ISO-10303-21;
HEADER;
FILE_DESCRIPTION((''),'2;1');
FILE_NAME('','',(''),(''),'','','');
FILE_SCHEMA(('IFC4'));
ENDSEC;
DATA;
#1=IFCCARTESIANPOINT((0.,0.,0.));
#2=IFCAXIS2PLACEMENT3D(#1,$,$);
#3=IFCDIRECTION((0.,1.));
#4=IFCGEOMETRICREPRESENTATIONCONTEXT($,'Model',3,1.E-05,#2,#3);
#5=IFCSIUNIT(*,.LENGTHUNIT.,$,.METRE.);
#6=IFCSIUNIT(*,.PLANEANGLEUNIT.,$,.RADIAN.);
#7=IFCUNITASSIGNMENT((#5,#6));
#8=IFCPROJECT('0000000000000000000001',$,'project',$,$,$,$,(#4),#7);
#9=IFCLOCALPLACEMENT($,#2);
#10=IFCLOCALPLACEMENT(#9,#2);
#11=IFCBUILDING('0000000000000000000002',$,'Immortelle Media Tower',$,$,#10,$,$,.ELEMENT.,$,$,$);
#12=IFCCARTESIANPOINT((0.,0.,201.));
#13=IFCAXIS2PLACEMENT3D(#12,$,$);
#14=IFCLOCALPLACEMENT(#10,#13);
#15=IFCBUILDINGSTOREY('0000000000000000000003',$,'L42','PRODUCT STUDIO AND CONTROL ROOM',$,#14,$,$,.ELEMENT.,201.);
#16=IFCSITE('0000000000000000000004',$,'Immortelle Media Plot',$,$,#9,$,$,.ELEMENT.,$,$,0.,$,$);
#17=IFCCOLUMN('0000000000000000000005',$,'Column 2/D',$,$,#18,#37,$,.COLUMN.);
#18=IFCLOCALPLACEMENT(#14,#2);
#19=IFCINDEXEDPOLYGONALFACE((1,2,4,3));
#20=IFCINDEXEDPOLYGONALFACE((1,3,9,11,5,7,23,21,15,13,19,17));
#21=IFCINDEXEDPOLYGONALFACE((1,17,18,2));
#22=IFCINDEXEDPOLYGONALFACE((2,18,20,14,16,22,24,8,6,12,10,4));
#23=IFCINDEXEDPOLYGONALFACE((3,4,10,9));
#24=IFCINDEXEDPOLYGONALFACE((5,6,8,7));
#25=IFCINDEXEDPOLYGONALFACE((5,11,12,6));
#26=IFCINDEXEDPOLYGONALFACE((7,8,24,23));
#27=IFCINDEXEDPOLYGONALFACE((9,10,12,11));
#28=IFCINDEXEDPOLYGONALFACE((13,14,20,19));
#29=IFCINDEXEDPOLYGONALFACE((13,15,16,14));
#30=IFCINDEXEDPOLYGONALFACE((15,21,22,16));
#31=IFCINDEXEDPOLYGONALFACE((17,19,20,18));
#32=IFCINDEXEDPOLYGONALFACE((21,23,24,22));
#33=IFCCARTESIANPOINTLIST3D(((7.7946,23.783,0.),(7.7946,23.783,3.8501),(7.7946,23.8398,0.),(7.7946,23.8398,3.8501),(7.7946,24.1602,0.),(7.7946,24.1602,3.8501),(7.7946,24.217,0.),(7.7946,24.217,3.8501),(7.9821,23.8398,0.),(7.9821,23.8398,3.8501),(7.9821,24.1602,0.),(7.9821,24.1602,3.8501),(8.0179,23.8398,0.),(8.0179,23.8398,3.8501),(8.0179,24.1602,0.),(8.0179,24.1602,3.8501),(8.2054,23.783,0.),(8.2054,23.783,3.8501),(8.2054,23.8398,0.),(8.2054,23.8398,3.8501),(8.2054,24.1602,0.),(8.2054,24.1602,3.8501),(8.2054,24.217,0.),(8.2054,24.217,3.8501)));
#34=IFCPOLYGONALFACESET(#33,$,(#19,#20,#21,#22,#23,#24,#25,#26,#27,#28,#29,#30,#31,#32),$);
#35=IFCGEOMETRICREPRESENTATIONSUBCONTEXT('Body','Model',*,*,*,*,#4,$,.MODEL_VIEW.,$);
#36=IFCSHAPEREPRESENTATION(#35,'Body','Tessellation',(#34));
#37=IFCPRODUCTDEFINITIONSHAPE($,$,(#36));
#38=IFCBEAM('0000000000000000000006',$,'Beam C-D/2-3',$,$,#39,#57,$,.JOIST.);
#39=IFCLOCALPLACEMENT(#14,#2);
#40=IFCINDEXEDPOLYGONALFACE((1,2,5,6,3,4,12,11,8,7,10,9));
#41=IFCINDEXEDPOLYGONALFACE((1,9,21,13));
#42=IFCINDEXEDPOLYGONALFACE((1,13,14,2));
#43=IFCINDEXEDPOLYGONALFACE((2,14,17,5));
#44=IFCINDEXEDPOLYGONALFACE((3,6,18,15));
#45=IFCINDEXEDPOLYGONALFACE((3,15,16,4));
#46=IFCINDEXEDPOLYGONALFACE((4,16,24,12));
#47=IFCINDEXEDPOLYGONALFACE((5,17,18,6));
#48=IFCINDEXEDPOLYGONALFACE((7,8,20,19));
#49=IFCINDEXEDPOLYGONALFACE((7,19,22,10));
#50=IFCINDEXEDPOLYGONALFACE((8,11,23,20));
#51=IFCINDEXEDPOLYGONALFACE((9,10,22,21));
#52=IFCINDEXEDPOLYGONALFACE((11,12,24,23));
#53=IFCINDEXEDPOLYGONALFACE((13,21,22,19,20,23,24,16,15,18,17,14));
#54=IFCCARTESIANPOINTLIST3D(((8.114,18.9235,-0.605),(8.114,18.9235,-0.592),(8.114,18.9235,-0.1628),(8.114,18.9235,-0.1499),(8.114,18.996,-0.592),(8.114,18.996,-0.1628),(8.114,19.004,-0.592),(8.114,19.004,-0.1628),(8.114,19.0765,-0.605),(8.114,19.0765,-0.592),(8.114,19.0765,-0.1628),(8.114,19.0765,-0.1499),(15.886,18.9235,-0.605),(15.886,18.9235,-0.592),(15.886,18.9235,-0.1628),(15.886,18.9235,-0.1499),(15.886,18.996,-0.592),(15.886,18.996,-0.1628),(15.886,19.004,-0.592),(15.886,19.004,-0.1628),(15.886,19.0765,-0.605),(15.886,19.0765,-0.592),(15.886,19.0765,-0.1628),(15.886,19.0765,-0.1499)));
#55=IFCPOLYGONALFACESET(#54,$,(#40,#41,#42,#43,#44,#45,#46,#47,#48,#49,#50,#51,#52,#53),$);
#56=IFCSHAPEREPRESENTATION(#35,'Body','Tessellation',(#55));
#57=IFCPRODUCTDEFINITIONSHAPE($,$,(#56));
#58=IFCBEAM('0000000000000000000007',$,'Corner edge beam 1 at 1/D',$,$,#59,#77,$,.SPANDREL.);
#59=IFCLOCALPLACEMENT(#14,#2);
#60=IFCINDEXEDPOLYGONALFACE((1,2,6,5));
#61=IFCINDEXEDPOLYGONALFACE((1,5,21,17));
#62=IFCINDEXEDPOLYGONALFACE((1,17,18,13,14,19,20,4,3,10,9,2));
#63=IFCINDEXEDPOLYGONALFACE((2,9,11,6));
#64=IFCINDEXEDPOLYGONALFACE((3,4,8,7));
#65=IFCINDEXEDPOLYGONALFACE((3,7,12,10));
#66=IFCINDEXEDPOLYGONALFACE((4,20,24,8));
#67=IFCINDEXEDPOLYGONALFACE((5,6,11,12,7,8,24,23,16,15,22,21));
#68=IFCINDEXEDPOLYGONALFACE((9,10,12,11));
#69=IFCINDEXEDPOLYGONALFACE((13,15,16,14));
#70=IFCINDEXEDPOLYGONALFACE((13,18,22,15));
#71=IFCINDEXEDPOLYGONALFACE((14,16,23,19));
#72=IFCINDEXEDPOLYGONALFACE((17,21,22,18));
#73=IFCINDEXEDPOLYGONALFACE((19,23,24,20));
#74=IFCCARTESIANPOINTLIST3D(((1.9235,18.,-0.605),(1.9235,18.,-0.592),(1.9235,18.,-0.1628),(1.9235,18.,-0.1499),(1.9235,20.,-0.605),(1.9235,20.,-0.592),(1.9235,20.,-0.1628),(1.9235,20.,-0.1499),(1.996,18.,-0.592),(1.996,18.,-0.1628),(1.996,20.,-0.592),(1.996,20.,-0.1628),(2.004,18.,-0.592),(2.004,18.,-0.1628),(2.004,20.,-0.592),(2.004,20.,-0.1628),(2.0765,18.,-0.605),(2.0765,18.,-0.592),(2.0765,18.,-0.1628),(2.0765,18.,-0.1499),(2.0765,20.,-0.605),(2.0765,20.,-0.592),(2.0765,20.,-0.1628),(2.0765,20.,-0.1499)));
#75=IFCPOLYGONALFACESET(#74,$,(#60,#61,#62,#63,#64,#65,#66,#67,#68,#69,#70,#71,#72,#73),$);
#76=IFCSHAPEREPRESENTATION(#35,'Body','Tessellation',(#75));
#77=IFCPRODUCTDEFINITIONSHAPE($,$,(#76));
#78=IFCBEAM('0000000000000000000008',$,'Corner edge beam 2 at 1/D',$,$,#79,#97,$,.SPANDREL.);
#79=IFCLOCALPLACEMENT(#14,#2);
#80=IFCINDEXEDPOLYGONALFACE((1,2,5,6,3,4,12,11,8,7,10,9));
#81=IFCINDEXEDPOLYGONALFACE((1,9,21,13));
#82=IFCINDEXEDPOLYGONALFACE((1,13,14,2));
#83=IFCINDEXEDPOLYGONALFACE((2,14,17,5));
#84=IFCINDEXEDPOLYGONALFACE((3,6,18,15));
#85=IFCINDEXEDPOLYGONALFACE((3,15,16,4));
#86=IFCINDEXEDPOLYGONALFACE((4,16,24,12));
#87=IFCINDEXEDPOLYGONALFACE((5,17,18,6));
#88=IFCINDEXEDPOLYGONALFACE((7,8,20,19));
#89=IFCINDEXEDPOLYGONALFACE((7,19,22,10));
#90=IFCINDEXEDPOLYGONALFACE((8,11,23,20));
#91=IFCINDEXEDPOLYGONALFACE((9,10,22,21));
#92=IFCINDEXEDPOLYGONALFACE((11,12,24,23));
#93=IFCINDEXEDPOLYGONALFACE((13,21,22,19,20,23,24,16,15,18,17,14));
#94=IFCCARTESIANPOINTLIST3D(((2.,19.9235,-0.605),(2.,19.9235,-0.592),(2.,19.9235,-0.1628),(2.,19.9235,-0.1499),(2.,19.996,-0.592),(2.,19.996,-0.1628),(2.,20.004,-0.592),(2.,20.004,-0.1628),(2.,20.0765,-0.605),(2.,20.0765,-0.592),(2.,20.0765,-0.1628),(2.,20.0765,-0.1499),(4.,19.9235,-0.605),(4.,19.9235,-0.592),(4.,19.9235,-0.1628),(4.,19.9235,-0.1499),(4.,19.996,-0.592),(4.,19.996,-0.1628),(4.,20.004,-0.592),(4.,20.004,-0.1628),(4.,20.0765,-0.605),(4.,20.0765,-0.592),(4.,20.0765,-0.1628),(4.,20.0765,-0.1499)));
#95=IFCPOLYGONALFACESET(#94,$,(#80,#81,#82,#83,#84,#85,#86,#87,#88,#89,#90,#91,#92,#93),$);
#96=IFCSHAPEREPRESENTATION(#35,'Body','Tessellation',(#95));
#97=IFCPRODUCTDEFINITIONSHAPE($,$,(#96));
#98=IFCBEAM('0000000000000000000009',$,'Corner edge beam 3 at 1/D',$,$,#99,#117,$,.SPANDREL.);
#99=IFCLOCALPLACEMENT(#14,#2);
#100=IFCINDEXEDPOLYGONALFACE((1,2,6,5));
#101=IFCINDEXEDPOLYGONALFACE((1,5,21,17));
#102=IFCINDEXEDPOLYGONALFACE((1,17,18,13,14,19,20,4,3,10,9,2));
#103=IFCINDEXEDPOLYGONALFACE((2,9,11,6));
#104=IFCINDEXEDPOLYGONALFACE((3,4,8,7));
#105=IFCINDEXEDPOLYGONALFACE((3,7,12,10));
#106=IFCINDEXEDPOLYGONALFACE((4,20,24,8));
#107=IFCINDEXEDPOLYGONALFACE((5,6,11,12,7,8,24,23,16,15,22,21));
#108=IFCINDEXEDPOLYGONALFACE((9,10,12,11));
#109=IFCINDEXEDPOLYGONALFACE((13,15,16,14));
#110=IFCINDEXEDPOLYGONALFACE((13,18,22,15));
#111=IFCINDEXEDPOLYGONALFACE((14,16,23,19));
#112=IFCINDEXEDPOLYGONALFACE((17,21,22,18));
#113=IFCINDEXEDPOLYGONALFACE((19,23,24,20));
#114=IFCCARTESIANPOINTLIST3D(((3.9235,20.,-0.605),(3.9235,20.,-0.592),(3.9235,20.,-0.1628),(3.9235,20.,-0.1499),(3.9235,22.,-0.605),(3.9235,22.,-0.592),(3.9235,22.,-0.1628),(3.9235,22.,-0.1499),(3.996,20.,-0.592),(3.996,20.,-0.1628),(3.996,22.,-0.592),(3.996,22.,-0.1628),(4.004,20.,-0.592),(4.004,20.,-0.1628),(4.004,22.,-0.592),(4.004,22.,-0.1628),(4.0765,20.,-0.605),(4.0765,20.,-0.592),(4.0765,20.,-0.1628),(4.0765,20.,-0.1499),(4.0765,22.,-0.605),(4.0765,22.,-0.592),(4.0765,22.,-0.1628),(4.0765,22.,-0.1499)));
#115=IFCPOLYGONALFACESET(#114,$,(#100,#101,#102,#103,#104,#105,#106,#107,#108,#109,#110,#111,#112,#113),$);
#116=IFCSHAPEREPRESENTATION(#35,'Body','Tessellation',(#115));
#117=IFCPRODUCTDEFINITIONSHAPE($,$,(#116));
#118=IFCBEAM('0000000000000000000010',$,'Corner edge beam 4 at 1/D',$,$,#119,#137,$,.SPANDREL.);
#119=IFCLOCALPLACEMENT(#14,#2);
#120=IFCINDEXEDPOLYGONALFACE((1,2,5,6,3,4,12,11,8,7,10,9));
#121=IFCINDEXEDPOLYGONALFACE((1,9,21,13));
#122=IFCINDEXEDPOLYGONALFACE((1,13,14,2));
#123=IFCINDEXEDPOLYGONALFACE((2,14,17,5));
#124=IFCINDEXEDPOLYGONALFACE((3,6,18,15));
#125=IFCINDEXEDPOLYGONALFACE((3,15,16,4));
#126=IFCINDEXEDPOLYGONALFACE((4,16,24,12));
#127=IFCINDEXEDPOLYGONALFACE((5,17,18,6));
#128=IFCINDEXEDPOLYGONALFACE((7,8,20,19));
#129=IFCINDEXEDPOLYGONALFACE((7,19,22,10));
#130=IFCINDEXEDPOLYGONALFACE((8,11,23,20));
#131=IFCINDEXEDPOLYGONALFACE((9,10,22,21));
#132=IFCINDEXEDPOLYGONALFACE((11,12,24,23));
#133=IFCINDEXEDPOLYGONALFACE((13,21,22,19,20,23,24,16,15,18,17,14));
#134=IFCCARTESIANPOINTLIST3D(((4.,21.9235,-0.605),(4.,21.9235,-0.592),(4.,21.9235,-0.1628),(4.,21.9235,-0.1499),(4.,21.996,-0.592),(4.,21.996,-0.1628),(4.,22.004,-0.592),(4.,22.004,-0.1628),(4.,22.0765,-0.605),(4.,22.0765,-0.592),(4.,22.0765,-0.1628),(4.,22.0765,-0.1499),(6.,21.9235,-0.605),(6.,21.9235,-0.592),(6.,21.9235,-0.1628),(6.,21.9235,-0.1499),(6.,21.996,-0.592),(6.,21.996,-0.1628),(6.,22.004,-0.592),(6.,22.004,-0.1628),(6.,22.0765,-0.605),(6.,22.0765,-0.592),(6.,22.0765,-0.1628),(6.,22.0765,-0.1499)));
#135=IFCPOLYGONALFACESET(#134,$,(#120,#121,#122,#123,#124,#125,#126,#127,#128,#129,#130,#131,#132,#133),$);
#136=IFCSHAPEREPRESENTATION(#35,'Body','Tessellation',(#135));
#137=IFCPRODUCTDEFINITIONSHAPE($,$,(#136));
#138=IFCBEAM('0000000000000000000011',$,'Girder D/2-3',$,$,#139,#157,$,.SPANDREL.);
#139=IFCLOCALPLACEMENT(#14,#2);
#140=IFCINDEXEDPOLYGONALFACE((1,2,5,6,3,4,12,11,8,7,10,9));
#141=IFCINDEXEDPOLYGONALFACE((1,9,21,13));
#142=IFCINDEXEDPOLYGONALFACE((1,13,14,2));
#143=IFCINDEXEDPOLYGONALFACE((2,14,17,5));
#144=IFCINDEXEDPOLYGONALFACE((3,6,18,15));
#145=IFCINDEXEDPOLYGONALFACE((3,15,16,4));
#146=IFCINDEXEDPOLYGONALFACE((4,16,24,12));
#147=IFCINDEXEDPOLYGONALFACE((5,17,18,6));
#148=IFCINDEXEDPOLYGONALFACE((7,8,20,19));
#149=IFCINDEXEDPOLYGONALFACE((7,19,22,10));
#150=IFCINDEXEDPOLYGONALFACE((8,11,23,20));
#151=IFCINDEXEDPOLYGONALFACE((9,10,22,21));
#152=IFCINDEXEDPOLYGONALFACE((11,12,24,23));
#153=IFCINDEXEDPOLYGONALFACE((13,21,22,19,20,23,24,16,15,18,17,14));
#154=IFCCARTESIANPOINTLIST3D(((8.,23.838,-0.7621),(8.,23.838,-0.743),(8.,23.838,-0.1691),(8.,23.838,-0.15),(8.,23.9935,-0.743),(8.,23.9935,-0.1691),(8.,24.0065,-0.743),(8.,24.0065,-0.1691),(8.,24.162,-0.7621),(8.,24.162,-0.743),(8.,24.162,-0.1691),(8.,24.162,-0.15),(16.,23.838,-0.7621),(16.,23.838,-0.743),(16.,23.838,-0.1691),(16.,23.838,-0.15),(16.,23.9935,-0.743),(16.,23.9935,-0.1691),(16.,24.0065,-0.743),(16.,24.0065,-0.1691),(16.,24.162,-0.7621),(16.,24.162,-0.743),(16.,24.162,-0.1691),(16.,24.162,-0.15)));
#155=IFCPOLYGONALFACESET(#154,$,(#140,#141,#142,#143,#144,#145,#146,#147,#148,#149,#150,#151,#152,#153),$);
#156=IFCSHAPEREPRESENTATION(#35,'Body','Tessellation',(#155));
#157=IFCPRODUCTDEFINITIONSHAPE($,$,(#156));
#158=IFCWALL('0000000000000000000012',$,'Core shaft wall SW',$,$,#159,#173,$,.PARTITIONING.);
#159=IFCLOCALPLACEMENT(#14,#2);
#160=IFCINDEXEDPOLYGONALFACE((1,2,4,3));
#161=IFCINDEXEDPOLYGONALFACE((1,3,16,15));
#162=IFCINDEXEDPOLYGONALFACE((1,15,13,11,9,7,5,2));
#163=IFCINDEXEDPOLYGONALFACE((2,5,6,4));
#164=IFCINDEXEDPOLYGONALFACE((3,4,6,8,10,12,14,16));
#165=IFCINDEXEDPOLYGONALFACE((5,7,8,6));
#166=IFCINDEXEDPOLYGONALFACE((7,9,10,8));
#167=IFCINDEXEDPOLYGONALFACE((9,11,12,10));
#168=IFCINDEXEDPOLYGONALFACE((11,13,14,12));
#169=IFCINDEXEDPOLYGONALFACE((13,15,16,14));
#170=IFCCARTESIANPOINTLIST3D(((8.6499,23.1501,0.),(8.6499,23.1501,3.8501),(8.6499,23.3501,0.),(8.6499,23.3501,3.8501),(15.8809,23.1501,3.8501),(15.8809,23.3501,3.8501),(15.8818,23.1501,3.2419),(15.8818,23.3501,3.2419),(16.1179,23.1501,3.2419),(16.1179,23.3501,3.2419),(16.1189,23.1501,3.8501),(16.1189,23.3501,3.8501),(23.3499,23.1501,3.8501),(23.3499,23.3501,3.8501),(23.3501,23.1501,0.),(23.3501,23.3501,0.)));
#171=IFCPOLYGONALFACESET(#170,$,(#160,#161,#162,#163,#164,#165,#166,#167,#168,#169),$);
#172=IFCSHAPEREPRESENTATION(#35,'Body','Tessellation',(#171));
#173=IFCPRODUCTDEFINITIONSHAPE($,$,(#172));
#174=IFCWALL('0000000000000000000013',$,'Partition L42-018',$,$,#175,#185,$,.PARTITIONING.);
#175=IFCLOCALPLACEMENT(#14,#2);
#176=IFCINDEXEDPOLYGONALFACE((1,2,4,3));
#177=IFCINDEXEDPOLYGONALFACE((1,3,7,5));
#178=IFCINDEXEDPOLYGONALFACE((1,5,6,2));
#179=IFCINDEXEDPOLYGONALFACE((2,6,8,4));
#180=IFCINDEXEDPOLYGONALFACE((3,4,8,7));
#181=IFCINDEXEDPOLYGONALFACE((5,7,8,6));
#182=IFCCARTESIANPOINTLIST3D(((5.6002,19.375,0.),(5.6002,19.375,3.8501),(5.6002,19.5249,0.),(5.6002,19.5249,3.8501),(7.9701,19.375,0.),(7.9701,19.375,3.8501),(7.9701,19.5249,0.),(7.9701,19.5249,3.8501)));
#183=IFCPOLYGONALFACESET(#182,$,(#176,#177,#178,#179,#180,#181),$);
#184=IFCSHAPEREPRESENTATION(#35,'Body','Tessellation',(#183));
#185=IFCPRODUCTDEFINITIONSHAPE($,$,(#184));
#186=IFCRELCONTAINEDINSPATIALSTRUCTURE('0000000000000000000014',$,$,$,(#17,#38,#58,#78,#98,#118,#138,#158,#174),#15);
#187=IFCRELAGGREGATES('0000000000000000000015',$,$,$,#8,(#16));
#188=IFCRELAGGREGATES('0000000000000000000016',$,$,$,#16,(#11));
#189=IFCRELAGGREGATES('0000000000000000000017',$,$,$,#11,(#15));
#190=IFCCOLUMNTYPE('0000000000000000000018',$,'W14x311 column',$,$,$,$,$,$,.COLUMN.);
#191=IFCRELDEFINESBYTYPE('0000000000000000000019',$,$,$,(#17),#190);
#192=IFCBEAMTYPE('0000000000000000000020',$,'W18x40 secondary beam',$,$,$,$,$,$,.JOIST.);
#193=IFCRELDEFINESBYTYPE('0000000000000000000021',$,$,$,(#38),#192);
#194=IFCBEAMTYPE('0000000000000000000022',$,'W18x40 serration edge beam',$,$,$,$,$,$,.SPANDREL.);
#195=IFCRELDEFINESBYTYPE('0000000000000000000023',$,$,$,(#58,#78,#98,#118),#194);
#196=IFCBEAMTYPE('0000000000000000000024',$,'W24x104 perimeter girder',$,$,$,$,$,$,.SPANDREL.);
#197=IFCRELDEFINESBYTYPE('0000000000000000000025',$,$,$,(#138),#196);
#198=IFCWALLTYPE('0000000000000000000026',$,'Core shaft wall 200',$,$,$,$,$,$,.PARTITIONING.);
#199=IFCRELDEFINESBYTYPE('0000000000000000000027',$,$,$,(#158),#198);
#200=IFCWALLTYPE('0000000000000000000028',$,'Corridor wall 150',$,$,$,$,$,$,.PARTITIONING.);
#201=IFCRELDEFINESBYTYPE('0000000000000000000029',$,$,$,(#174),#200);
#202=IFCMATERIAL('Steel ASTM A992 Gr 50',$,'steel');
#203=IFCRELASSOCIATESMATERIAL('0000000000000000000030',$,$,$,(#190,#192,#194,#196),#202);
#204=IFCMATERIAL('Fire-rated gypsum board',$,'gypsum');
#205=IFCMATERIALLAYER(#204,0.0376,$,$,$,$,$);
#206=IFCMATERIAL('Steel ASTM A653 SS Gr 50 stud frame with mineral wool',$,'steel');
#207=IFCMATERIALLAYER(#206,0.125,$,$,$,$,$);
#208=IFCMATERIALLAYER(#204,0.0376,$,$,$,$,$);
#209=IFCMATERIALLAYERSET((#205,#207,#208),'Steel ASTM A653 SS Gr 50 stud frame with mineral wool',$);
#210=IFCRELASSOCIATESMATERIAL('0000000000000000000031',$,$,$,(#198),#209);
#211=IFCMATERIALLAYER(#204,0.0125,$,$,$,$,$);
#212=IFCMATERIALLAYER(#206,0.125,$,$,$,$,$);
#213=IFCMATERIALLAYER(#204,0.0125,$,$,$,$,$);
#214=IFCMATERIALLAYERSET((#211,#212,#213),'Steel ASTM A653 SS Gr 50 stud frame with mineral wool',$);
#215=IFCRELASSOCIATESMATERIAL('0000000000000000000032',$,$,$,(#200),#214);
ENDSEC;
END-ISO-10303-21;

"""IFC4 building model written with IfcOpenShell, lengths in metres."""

from ifc_helpers import new_model, si_unit, direction, frame, frame_2d, origin, origin_2d, place, context, subcontext, project, spatial, polyline, rectangle, i_section, outline, extrude, material, layer, layer_set, material_profile, profile_set, type_object, element, save


model = new_model("IFC4")

# Units and contexts
model_context = context("Model", 3, precision=1e-05, world=origin(), true_north=direction((0.0, 1.0)))
body_context = subcontext(model_context, "Body", "Model", "MODEL_VIEW")
ifc_project = project(units=[si_unit("LENGTHUNIT", "METRE"), si_unit("PLANEANGLEUNIT", "RADIAN")], contexts=[model_context])

# Site, building, storey
site_placement = place(None, origin())
site = spatial("IfcSite", under=ifc_project, at=site_placement, Name="Immortelle Media Plot", CompositionType="ELEMENT", RefElevation=0.0)
building_placement = place(site_placement, origin())
building = spatial("IfcBuilding", under=site, at=building_placement, Name="Immortelle Media Tower", CompositionType="ELEMENT")
storey_placement = place(building_placement, frame((0.0, 0.0, 201.0)))
storey = spatial("IfcBuildingStorey", under=building, at=storey_placement, Name="L42", Description="PRODUCT STUDIO AND CONTROL ROOM", CompositionType="ELEMENT", Elevation=201.0)

# Column
ifc_material_1 = material(Name="Steel ASTM A992 Gr 50", Category="steel")
ifc_material_profile_1 = material_profile(ifc_material_1, i_section(OverallWidth=0.4109, OverallDepth=0.4341, WebThickness=0.0359, FlangeThickness=0.0569, at=origin_2d()), Name="W14x311")
ifc_profile_set_1 = profile_set([ifc_material_profile_1], Name="Steel ASTM A992 Gr 50")
column_type = type_object("IfcColumnType", Name="W14x311 column", PredefinedType="COLUMN", material=ifc_profile_set_1)
column_placement = place(storey_placement, frame((8.0, 24.0, 0.0), z_axis=(0.0, 0.0, 1.0), x_axis=(1.0, 0.0, 0.0)))
element("IfcColumn", 1, at=column_placement, inside=storey, type_object=column_type, Name="Column 2/D", PredefinedType="COLUMN", context=body_context, shape_type="SweptSolid", body=[
    extrude(i_section(OverallWidth=0.4109, OverallDepth=0.4341, WebThickness=0.0359, FlangeThickness=0.0569, at=origin_2d()), origin(), (0.0, 0.0, 1.0), 3.8501),
])

# Beams
ifc_material_profile_2 = material_profile(ifc_material_1, i_section(OverallWidth=0.1531, OverallDepth=0.4551, WebThickness=0.0081, FlangeThickness=0.0129, at=origin_2d()), Name="W18x40")
ifc_profile_set_2 = profile_set([ifc_material_profile_2], Name="Steel ASTM A992 Gr 50")
beam_type_1 = type_object("IfcBeamType", Name="W18x40 secondary beam", PredefinedType="JOIST", material=ifc_profile_set_2)
beam_1_placement = place(storey_placement, frame((8.114, 19.0, -0.3774), z_axis=(1.0, 0.0, 0.0), x_axis=(0.0, 1.0, 0.0)))
element("IfcBeam", 2, at=beam_1_placement, inside=storey, type_object=beam_type_1, Name="Beam C-D/2-3", PredefinedType="JOIST", context=body_context, shape_type="SweptSolid", body=[
    extrude(i_section(OverallWidth=0.1531, OverallDepth=0.4551, WebThickness=0.0081, FlangeThickness=0.0129, at=origin_2d()), origin(), (0.0, 0.0, 1.0), 7.772),
])
ifc_material_profile_3 = material_profile(ifc_material_1, i_section(OverallWidth=0.1531, OverallDepth=0.4551, WebThickness=0.0081, FlangeThickness=0.0129, at=origin_2d()), Name="W18x40")
ifc_profile_set_3 = profile_set([ifc_material_profile_3], Name="Steel ASTM A992 Gr 50")
beam_type_2 = type_object("IfcBeamType", Name="W18x40 serration edge beam", PredefinedType="SPANDREL", material=ifc_profile_set_3)
for number, where, z_axis, x_axis, name in (
    (3, (2.0, 18.0, -0.3774), (0.0, 1.0, 0.0), (-1.0, 0.0, 0.0), "Corner edge beam 1 at 1/D"),
    (4, (2.0, 20.0, -0.3774), (1.0, 0.0, 0.0), (0.0, 1.0, 0.0), "Corner edge beam 2 at 1/D"),
    (5, (4.0, 20.0, -0.3774), (0.0, 1.0, 0.0), (-1.0, 0.0, 0.0), "Corner edge beam 3 at 1/D"),
    (6, (4.0, 22.0, -0.3774), (1.0, 0.0, 0.0), (0.0, 1.0, 0.0), "Corner edge beam 4 at 1/D"),
):
    element("IfcBeam", number, at=place(storey_placement, frame(where, z_axis=z_axis, x_axis=x_axis)), inside=storey, type_object=beam_type_2, Name=name, PredefinedType="SPANDREL", context=body_context, shape_type="SweptSolid", body=[
        extrude(i_section(OverallWidth=0.1531, OverallDepth=0.4551, WebThickness=0.0081, FlangeThickness=0.0129, at=origin_2d()), origin(), (0.0, 0.0, 1.0), 2.0),
    ])
ifc_material_profile_4 = material_profile(ifc_material_1, i_section(OverallWidth=0.324, OverallDepth=0.6121, WebThickness=0.0129, FlangeThickness=0.019, at=origin_2d()), Name="W24x104")
ifc_profile_set_4 = profile_set([ifc_material_profile_4], Name="Steel ASTM A992 Gr 50")
beam_type_3 = type_object("IfcBeamType", Name="W24x104 perimeter girder", PredefinedType="SPANDREL", material=ifc_profile_set_4)
beam_2_placement = place(storey_placement, frame((8.0, 24.0, -0.4561), z_axis=(1.0, 0.0, 0.0), x_axis=(0.0, 1.0, 0.0)))
element("IfcBeam", 7, at=beam_2_placement, inside=storey, type_object=beam_type_3, Name="Girder D/2-3", PredefinedType="SPANDREL", context=body_context, shape_type="SweptSolid", body=[
    extrude(i_section(OverallWidth=0.324, OverallDepth=0.6121, WebThickness=0.0129, FlangeThickness=0.019, at=origin_2d()), origin(), (0.0, 0.0, 1.0), 8.0),
])

# Walls
ifc_material_2 = material(Name="Fire-rated gypsum board", Category="gypsum")
ifc_layer_1 = layer(ifc_material_2, 0.0376)
ifc_material_3 = material(Name="Steel ASTM A653 SS Gr 50 stud frame with mineral wool", Category="steel")
ifc_layer_2 = layer(ifc_material_3, 0.125)
ifc_layer_3 = layer(ifc_material_2, 0.0376)
ifc_layer_set_1 = layer_set([ifc_layer_1, ifc_layer_2, ifc_layer_3], Name="Steel ASTM A653 SS Gr 50 stud frame with mineral wool")
wall_type_1 = type_object("IfcWallType", Name="Core shaft wall 200", PredefinedType="PARTITIONING", material=ifc_layer_set_1)
wall_1_placement = place(storey_placement, frame((8.6499, 23.25, 0.0), z_axis=(0.0, 0.0, 1.0), x_axis=(1.0, 0.0, 0.0)))
element("IfcWall", 8, at=wall_1_placement, inside=storey, type_object=wall_type_1, Name="Core shaft wall SW", PredefinedType="PARTITIONING", context=body_context, shape_type="SweptSolid", body=[
    extrude(outline(polyline([(0.0, 0.0), (14.7002, 0.0), (14.7, 3.8501), (7.469, 3.8501), (7.468, 3.2419), (7.2319, 3.2419), (7.231, 3.8501), (0.0, 3.8501), (0.0, 0.0)])), frame((0.0, 0.1001, 0.0), z_axis=(0.0, -1.0, 0.0), x_axis=(1.0, 0.0, 0.0)), (0.0, 0.0, 1.0), 0.2),
])
ifc_layer_4 = layer(ifc_material_2, 0.0125)
ifc_layer_5 = layer(ifc_material_3, 0.125)
ifc_layer_6 = layer(ifc_material_2, 0.0125)
ifc_layer_set_2 = layer_set([ifc_layer_4, ifc_layer_5, ifc_layer_6], Name="Steel ASTM A653 SS Gr 50 stud frame with mineral wool")
wall_type_2 = type_object("IfcWallType", Name="Corridor wall 150", PredefinedType="PARTITIONING", material=ifc_layer_set_2)
wall_2_placement = place(storey_placement, frame((5.6001, 19.45, 0.0), z_axis=(0.0, 0.0, 1.0), x_axis=(1.0, 0.0, 0.0)))
element("IfcWall", 9, at=wall_2_placement, inside=storey, type_object=wall_type_2, Name="Partition L42-018", PredefinedType="PARTITIONING", context=body_context, shape_type="SweptSolid", body=[
    extrude(rectangle(XDim=2.3699, YDim=0.1499, at=frame_2d((1.1851, 0.0))), origin(), (0.0, 0.0, 1.0), 3.8501),
])

save(model, "model.ifc")
